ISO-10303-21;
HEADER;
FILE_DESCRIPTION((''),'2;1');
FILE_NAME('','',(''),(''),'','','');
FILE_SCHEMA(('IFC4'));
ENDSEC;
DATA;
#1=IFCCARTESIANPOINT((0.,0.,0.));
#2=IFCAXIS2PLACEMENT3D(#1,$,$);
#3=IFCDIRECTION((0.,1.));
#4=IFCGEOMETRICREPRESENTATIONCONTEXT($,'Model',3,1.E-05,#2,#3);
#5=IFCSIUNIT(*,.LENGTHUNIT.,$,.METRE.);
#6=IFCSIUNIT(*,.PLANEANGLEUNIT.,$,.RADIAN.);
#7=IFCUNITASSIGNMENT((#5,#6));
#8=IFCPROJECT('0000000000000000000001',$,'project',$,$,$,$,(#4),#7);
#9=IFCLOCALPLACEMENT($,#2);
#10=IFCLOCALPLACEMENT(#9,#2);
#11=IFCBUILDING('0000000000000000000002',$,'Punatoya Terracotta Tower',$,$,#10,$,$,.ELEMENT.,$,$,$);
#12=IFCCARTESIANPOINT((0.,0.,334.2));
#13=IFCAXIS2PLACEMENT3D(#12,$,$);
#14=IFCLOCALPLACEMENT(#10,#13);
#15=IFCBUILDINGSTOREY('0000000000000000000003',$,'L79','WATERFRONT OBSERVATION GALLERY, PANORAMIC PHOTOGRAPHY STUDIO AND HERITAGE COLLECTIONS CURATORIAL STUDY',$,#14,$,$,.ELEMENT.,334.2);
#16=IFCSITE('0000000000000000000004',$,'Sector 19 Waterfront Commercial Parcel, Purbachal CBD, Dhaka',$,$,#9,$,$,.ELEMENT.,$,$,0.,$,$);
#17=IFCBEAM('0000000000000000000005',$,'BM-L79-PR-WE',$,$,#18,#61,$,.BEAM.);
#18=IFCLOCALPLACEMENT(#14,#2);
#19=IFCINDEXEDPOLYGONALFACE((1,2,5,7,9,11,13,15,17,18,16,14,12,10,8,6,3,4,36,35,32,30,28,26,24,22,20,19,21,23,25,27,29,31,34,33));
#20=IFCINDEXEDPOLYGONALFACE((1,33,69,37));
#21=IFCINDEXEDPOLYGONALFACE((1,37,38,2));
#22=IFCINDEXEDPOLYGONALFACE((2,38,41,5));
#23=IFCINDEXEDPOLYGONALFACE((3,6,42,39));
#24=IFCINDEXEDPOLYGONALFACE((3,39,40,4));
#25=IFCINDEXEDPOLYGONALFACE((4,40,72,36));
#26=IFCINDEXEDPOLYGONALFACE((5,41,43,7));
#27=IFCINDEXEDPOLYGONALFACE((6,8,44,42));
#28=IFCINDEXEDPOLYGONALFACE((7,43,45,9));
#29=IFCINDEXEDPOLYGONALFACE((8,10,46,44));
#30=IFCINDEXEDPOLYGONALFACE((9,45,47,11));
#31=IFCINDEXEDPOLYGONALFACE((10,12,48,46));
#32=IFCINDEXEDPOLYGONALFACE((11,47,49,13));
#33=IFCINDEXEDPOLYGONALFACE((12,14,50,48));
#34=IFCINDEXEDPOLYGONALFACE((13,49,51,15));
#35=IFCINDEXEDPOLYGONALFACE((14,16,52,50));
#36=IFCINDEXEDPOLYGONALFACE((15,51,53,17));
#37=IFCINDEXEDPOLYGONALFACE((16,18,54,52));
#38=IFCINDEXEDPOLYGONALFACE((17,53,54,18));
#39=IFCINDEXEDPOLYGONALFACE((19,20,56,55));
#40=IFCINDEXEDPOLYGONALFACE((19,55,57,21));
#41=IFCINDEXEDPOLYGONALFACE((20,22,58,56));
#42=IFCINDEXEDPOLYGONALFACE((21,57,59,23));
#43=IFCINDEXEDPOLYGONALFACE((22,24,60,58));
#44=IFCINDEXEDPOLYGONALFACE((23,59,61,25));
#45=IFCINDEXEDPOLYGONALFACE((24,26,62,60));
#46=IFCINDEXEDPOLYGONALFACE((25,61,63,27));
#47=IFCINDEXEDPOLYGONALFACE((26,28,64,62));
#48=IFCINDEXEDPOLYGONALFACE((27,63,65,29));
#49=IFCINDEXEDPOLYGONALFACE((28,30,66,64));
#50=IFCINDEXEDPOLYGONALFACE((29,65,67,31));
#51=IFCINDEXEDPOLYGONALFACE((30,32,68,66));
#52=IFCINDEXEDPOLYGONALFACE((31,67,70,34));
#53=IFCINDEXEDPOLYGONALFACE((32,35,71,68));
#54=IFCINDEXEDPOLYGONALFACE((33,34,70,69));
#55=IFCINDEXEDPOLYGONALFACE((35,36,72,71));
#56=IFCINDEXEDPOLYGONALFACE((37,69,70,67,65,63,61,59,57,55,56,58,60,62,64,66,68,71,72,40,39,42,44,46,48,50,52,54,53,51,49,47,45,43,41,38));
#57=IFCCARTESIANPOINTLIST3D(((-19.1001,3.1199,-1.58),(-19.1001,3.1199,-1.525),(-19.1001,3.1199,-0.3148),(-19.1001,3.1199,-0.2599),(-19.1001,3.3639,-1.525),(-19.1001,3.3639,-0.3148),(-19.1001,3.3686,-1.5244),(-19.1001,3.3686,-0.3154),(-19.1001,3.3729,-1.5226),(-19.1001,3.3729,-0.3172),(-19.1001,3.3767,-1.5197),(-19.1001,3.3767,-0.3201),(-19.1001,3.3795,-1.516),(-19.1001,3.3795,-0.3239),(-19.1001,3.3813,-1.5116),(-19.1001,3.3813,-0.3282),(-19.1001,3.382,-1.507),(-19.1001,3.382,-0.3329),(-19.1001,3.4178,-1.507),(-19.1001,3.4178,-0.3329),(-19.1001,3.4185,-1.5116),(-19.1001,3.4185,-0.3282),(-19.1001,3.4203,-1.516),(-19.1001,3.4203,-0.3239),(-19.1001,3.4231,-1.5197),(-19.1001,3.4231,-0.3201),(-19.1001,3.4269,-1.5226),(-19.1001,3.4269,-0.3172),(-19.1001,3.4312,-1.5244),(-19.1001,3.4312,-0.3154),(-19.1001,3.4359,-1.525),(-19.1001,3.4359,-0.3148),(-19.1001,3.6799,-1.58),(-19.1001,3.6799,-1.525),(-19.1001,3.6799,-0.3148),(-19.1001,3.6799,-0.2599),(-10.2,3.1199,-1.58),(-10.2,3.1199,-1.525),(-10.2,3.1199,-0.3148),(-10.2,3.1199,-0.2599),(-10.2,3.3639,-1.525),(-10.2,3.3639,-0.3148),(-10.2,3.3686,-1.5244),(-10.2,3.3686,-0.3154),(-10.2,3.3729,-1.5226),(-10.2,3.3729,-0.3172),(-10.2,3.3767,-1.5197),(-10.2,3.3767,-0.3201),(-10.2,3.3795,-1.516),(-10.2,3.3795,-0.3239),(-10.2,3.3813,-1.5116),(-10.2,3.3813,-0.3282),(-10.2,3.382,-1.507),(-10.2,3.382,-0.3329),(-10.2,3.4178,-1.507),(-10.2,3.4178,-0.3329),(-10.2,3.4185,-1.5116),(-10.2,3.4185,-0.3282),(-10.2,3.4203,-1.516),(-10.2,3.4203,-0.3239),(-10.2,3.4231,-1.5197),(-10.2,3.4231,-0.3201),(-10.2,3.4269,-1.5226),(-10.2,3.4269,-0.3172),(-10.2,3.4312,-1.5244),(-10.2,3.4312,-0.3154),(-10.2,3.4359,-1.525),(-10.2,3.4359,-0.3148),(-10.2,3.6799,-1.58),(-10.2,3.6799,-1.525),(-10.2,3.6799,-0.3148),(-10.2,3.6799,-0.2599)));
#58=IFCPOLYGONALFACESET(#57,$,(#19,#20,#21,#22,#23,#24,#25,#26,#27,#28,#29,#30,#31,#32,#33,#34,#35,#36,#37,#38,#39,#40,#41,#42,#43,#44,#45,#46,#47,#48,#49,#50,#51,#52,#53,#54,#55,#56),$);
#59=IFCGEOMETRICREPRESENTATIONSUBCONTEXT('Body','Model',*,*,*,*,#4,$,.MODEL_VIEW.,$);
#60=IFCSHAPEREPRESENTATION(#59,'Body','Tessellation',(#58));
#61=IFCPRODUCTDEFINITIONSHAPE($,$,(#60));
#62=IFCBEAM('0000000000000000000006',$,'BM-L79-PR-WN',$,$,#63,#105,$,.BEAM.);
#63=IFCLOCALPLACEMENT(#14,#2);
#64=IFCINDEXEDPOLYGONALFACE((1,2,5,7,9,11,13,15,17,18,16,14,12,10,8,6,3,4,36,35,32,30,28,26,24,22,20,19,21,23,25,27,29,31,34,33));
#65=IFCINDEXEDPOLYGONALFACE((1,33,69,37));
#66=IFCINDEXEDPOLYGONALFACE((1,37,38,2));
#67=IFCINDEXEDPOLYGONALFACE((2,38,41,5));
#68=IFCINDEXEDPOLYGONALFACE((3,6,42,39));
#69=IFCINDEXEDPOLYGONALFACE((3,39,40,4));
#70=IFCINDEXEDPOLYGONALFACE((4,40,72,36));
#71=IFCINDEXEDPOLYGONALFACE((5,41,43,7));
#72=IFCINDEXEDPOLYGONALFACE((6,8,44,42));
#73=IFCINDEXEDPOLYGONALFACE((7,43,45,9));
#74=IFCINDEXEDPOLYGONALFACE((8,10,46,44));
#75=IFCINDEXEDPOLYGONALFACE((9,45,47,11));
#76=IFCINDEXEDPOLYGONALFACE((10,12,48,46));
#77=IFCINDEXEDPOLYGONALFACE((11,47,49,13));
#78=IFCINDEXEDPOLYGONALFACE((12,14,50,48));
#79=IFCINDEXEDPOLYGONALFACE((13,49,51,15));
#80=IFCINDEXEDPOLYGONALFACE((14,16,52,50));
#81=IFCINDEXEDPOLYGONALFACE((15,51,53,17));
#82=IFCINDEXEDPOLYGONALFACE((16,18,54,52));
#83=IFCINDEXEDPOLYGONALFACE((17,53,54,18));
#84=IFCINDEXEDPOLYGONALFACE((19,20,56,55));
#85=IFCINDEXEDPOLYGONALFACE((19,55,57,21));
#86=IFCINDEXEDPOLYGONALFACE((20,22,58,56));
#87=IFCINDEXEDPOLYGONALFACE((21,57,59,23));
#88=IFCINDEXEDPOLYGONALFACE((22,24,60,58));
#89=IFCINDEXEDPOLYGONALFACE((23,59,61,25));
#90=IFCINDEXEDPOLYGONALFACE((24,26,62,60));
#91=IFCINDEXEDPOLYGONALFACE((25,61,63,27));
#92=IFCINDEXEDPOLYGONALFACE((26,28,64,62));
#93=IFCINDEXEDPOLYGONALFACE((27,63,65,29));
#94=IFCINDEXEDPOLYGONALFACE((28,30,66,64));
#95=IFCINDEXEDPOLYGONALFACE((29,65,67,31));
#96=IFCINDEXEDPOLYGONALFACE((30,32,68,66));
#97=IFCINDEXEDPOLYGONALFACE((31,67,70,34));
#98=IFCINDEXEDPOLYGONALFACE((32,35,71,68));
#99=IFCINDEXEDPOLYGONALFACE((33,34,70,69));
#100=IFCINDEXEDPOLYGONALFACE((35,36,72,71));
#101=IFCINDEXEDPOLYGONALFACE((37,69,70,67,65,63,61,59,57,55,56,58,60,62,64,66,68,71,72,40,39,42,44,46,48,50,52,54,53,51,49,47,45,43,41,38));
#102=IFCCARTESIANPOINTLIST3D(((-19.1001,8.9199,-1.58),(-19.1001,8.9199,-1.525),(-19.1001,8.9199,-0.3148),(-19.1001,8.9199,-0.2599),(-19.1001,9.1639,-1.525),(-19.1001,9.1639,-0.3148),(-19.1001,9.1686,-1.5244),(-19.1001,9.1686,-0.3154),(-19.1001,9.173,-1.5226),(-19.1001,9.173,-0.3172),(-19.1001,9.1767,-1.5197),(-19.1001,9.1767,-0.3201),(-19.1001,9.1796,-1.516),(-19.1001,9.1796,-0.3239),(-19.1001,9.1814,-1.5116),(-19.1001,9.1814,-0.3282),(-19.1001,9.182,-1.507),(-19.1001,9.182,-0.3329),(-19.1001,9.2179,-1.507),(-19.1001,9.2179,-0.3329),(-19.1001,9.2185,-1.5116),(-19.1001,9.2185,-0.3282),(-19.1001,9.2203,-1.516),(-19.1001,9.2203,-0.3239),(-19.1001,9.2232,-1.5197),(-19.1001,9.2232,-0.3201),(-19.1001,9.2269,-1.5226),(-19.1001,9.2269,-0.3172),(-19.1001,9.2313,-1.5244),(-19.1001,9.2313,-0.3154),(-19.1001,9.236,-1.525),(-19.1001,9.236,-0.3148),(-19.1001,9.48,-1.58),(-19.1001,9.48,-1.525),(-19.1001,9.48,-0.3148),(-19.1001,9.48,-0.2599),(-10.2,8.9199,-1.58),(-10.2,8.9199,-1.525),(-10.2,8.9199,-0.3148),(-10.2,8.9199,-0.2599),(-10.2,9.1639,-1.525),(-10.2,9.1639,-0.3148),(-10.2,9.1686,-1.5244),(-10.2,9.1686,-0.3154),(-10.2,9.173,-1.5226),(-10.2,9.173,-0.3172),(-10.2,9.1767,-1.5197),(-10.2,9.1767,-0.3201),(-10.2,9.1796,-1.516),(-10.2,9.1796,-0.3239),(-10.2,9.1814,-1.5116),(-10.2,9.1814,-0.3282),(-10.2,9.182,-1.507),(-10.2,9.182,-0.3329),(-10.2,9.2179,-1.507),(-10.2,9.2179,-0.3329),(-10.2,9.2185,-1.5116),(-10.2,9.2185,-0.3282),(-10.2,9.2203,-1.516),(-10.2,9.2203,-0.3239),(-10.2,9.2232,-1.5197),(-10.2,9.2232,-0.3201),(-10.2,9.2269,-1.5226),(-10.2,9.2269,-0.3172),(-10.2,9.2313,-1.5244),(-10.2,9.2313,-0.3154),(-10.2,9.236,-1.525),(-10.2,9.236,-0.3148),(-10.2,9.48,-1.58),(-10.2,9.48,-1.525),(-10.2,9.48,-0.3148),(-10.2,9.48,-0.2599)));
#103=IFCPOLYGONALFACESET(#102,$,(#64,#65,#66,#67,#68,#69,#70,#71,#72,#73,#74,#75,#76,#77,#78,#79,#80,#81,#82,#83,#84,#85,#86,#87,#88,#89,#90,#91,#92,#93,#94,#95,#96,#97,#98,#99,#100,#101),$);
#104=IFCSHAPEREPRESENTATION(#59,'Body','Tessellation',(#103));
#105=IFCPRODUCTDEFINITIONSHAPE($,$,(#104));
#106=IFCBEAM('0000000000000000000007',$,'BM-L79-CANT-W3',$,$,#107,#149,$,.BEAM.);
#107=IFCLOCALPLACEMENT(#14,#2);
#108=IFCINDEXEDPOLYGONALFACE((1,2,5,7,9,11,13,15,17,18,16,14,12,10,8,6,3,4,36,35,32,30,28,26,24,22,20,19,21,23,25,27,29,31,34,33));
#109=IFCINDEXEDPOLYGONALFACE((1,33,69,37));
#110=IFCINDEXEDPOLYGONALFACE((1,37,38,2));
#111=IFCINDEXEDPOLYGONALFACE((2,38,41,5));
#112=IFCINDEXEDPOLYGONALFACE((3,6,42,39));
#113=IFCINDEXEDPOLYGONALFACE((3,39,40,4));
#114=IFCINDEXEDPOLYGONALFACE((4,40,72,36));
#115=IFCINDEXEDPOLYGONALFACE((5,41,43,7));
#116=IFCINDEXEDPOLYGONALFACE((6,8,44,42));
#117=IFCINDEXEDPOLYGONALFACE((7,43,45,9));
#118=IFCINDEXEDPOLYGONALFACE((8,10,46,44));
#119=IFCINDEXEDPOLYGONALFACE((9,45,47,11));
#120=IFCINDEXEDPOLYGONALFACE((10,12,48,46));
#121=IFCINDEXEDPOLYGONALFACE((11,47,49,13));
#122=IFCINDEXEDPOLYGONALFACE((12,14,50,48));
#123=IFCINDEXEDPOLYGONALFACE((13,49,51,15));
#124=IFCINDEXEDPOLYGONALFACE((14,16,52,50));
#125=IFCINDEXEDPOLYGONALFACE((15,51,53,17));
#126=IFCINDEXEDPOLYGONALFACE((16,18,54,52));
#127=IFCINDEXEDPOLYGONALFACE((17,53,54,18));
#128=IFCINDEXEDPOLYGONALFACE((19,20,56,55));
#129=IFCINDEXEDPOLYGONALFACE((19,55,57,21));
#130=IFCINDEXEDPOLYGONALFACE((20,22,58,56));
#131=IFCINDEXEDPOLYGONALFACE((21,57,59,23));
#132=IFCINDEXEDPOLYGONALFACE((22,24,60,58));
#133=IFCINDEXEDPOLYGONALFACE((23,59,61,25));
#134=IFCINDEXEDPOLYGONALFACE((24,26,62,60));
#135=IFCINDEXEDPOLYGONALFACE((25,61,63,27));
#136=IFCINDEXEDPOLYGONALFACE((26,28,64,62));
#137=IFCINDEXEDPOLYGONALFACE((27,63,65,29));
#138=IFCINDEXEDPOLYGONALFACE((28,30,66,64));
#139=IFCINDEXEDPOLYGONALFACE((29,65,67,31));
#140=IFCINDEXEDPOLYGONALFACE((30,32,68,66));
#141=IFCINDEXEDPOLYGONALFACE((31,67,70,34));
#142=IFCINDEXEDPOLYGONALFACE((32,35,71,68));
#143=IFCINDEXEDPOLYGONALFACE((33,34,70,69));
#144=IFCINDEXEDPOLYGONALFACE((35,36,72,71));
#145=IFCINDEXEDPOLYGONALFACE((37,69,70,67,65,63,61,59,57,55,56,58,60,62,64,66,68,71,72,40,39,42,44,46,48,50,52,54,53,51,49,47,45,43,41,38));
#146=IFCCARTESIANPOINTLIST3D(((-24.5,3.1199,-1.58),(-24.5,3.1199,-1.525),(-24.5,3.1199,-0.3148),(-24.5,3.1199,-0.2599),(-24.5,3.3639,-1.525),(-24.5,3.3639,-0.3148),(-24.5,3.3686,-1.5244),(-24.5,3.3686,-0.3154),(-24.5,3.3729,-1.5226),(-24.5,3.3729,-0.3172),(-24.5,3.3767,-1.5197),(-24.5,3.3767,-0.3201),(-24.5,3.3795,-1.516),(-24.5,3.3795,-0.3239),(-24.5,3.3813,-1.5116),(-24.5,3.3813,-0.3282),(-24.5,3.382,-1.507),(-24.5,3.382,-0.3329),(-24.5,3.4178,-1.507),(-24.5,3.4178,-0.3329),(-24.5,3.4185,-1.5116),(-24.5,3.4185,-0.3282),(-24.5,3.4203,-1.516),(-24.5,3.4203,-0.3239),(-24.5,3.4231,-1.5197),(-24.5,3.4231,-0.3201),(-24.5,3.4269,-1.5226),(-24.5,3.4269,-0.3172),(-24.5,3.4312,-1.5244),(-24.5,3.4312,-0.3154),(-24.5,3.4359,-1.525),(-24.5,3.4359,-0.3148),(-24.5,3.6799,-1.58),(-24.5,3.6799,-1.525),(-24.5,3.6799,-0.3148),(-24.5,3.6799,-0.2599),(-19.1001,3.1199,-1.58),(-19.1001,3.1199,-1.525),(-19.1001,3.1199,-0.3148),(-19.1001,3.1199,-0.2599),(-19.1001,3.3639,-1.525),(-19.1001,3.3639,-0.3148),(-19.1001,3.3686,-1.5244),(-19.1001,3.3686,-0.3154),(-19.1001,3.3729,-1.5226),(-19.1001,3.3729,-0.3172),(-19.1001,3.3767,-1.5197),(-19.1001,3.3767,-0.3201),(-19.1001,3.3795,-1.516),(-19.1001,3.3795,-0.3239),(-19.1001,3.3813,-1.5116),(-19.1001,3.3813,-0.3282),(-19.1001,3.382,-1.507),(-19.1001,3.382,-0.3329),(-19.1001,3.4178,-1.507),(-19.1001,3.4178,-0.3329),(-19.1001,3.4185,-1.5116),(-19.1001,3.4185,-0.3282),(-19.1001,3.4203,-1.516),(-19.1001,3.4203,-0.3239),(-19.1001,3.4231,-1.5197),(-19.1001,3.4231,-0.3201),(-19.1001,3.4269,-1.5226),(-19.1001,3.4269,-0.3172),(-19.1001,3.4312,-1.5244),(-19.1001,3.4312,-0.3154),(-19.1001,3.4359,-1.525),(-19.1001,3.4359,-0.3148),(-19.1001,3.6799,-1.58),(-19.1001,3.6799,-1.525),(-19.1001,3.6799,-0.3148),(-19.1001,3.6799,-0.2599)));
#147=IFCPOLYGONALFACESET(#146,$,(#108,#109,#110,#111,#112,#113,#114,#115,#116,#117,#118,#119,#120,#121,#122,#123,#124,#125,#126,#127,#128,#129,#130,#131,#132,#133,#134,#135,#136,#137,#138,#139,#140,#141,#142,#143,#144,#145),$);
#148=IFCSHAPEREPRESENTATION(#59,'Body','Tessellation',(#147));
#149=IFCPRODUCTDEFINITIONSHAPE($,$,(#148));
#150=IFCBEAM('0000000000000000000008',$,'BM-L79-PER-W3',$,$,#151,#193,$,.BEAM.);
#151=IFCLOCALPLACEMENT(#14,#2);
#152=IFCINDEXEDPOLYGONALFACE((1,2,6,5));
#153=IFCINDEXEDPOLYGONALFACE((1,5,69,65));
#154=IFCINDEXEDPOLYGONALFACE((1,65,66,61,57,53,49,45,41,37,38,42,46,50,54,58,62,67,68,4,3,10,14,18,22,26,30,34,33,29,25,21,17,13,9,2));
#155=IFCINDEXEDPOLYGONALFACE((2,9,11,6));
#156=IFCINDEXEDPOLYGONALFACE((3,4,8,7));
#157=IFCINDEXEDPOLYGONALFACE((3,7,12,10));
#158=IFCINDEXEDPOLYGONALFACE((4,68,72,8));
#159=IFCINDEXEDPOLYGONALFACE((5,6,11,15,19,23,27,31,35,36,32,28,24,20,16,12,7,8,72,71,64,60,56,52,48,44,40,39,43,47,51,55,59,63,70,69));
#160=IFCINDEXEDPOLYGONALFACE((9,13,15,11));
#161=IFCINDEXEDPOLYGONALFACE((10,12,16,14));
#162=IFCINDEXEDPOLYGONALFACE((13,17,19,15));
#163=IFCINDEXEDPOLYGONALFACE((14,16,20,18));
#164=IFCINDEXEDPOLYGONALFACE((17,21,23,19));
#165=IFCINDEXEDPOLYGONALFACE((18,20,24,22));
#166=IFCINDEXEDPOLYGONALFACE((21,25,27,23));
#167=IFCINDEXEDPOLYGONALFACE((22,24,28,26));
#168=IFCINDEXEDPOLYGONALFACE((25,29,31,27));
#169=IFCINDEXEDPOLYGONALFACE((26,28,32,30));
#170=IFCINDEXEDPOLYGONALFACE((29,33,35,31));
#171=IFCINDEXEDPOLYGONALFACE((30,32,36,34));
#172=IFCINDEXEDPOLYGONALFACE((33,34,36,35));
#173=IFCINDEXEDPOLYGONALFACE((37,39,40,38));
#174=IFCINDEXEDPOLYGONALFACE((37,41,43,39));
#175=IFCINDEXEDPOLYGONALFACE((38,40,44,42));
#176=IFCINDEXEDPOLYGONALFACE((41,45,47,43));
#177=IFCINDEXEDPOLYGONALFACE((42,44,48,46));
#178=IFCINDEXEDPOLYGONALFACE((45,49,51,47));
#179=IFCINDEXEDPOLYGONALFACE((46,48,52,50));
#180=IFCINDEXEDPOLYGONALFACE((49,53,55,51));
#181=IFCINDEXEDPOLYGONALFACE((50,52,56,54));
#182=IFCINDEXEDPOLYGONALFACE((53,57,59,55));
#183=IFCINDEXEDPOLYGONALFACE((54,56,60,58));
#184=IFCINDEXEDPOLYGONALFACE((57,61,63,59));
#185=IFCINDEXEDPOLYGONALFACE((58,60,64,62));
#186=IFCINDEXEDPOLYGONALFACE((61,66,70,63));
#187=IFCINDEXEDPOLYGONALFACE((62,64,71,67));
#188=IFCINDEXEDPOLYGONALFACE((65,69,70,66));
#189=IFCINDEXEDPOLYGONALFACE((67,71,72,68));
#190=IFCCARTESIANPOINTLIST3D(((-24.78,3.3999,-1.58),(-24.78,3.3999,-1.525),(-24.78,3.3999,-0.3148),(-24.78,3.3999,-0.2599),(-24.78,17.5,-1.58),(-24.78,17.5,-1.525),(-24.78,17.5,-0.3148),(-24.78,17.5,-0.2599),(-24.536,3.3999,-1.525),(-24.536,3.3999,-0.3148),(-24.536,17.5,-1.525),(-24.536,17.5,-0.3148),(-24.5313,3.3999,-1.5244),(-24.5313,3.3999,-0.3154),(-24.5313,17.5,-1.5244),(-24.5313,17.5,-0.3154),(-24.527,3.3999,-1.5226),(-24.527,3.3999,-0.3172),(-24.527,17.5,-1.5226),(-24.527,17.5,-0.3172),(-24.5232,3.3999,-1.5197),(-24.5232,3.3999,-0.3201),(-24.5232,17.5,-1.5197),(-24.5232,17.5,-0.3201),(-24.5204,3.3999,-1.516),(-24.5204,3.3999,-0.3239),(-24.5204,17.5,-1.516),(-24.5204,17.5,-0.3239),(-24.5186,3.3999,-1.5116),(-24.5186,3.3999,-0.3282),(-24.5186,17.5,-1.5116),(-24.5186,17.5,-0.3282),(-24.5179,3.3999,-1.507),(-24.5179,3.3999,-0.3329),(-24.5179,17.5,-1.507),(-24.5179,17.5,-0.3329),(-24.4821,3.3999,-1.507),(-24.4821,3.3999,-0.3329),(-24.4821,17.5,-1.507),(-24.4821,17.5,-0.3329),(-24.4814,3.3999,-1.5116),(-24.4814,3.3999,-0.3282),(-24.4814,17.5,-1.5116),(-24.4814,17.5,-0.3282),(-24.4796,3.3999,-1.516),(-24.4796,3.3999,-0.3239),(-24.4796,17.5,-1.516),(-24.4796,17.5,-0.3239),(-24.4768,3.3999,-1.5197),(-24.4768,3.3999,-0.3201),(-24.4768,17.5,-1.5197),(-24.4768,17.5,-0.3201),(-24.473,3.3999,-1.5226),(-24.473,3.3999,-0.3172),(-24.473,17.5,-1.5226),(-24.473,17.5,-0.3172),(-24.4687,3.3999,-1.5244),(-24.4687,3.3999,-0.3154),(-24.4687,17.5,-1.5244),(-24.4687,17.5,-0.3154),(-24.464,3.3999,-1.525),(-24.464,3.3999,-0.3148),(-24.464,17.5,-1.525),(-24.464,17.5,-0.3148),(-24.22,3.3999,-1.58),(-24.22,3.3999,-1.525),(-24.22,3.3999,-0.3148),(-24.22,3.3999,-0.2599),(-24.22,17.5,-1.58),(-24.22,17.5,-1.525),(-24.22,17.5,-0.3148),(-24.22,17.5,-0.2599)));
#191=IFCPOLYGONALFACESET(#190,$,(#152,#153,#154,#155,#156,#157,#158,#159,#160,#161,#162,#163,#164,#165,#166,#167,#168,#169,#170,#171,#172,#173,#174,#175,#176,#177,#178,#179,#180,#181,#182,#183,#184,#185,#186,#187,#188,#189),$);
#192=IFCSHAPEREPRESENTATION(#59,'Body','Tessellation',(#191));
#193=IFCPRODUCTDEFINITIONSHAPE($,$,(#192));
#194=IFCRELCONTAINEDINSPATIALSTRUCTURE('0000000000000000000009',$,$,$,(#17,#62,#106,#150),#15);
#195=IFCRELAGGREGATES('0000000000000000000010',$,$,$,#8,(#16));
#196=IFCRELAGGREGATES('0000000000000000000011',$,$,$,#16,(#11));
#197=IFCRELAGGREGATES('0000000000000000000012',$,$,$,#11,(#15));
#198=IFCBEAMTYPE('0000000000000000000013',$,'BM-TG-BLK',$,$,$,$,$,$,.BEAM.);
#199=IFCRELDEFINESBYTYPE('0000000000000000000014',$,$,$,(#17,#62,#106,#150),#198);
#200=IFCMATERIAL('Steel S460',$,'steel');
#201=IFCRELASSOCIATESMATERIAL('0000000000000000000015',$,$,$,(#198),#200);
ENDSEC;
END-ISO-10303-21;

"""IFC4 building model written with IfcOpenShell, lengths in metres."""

from ifc_helpers import new_model, si_unit, direction, frame, origin, origin_2d, place, context, subcontext, project, spatial, i_section, extrude, material, material_profile, profile_set, type_object, element, save


model = new_model("IFC4")

# Units and contexts
model_context = context("Model", 3, precision=1e-05, world=origin(), true_north=direction((0.0, 1.0)))
body_context = subcontext(model_context, "Body", "Model", "MODEL_VIEW")
ifc_project = project(units=[si_unit("LENGTHUNIT", "METRE"), si_unit("PLANEANGLEUNIT", "RADIAN")], contexts=[model_context])

# Site, building, storey
site_placement = place(None, origin())
site = spatial("IfcSite", under=ifc_project, at=site_placement, Name="Sector 19 Waterfront Commercial Parcel, Purbachal CBD, Dhaka", CompositionType="ELEMENT", RefElevation=0.0)
building_placement = place(site_placement, origin())
building = spatial("IfcBuilding", under=site, at=building_placement, Name="Punatoya Terracotta Tower", CompositionType="ELEMENT")
storey_placement = place(building_placement, frame((0.0, 0.0, 334.2)))
storey = spatial("IfcBuildingStorey", under=building, at=storey_placement, Name="L79", Description="WATERFRONT OBSERVATION GALLERY, PANORAMIC PHOTOGRAPHY STUDIO AND HERITAGE COLLECTIONS CURATORIAL STUDY", CompositionType="ELEMENT", Elevation=334.2)

# Shared definitions
ifc_material_1 = material(Name="Steel S460", Category="steel")

# Beams
ifc_material_profile_1 = material_profile(ifc_material_1, i_section(OverallWidth=0.5601, OverallDepth=1.3201, WebThickness=0.0359, FlangeThickness=0.0549, FilletRadius=0.0181, at=origin_2d()))
ifc_profile_set_1 = profile_set([ifc_material_profile_1], Name="Steel S460")
beam_type_1 = type_object("IfcBeamType", Name="BM-TG-BLK", PredefinedType="BEAM", material=ifc_profile_set_1)
for number, where, z_axis, x_axis, name in (
    (1, (-19.1001, 3.3999, -0.9199), (1.0, 0.0, 0.0), (0.0, 1.0, 0.0), "BM-L79-PR-WE"),
    (2, (-19.1001, 9.2, -0.9199), (1.0, 0.0, 0.0), (0.0, 1.0, 0.0), "BM-L79-PR-WN"),
):
    element("IfcBeam", number, at=place(storey_placement, frame(where, z_axis=z_axis, x_axis=x_axis)), inside=storey, type_object=beam_type_1, Name=name, PredefinedType="BEAM", context=body_context, shape_type="SweptSolid", body=[
        extrude(i_section(OverallWidth=0.5601, OverallDepth=1.3201, WebThickness=0.0359, FlangeThickness=0.0549, FilletRadius=0.0181, at=origin_2d()), origin(), (0.0, 0.0, 1.0), 8.9001),
    ])
beam_1_placement = place(storey_placement, frame((-24.5, 3.3999, -0.9199), z_axis=(1.0, 0.0, 0.0), x_axis=(0.0, 1.0, 0.0)))
element("IfcBeam", 3, at=beam_1_placement, inside=storey, type_object=beam_type_1, Name="BM-L79-CANT-W3", PredefinedType="BEAM", context=body_context, shape_type="SweptSolid", body=[
    extrude(i_section(OverallWidth=0.5601, OverallDepth=1.3201, WebThickness=0.0359, FlangeThickness=0.0549, FilletRadius=0.0181, at=origin_2d()), origin(), (0.0, 0.0, 1.0), 5.3999),
])
beam_2_placement = place(storey_placement, frame((-24.5, 3.3999, -0.9199), z_axis=(0.0, 1.0, 0.0), x_axis=(-1.0, 0.0, 0.0)))
element("IfcBeam", 4, at=beam_2_placement, inside=storey, type_object=beam_type_1, Name="BM-L79-PER-W3", PredefinedType="BEAM", context=body_context, shape_type="SweptSolid", body=[
    extrude(i_section(OverallWidth=0.5601, OverallDepth=1.3201, WebThickness=0.0359, FlangeThickness=0.0549, FilletRadius=0.0181, at=origin_2d()), origin(), (0.0, 0.0, 1.0), 14.1001),
])

save(model, "model.ifc")
